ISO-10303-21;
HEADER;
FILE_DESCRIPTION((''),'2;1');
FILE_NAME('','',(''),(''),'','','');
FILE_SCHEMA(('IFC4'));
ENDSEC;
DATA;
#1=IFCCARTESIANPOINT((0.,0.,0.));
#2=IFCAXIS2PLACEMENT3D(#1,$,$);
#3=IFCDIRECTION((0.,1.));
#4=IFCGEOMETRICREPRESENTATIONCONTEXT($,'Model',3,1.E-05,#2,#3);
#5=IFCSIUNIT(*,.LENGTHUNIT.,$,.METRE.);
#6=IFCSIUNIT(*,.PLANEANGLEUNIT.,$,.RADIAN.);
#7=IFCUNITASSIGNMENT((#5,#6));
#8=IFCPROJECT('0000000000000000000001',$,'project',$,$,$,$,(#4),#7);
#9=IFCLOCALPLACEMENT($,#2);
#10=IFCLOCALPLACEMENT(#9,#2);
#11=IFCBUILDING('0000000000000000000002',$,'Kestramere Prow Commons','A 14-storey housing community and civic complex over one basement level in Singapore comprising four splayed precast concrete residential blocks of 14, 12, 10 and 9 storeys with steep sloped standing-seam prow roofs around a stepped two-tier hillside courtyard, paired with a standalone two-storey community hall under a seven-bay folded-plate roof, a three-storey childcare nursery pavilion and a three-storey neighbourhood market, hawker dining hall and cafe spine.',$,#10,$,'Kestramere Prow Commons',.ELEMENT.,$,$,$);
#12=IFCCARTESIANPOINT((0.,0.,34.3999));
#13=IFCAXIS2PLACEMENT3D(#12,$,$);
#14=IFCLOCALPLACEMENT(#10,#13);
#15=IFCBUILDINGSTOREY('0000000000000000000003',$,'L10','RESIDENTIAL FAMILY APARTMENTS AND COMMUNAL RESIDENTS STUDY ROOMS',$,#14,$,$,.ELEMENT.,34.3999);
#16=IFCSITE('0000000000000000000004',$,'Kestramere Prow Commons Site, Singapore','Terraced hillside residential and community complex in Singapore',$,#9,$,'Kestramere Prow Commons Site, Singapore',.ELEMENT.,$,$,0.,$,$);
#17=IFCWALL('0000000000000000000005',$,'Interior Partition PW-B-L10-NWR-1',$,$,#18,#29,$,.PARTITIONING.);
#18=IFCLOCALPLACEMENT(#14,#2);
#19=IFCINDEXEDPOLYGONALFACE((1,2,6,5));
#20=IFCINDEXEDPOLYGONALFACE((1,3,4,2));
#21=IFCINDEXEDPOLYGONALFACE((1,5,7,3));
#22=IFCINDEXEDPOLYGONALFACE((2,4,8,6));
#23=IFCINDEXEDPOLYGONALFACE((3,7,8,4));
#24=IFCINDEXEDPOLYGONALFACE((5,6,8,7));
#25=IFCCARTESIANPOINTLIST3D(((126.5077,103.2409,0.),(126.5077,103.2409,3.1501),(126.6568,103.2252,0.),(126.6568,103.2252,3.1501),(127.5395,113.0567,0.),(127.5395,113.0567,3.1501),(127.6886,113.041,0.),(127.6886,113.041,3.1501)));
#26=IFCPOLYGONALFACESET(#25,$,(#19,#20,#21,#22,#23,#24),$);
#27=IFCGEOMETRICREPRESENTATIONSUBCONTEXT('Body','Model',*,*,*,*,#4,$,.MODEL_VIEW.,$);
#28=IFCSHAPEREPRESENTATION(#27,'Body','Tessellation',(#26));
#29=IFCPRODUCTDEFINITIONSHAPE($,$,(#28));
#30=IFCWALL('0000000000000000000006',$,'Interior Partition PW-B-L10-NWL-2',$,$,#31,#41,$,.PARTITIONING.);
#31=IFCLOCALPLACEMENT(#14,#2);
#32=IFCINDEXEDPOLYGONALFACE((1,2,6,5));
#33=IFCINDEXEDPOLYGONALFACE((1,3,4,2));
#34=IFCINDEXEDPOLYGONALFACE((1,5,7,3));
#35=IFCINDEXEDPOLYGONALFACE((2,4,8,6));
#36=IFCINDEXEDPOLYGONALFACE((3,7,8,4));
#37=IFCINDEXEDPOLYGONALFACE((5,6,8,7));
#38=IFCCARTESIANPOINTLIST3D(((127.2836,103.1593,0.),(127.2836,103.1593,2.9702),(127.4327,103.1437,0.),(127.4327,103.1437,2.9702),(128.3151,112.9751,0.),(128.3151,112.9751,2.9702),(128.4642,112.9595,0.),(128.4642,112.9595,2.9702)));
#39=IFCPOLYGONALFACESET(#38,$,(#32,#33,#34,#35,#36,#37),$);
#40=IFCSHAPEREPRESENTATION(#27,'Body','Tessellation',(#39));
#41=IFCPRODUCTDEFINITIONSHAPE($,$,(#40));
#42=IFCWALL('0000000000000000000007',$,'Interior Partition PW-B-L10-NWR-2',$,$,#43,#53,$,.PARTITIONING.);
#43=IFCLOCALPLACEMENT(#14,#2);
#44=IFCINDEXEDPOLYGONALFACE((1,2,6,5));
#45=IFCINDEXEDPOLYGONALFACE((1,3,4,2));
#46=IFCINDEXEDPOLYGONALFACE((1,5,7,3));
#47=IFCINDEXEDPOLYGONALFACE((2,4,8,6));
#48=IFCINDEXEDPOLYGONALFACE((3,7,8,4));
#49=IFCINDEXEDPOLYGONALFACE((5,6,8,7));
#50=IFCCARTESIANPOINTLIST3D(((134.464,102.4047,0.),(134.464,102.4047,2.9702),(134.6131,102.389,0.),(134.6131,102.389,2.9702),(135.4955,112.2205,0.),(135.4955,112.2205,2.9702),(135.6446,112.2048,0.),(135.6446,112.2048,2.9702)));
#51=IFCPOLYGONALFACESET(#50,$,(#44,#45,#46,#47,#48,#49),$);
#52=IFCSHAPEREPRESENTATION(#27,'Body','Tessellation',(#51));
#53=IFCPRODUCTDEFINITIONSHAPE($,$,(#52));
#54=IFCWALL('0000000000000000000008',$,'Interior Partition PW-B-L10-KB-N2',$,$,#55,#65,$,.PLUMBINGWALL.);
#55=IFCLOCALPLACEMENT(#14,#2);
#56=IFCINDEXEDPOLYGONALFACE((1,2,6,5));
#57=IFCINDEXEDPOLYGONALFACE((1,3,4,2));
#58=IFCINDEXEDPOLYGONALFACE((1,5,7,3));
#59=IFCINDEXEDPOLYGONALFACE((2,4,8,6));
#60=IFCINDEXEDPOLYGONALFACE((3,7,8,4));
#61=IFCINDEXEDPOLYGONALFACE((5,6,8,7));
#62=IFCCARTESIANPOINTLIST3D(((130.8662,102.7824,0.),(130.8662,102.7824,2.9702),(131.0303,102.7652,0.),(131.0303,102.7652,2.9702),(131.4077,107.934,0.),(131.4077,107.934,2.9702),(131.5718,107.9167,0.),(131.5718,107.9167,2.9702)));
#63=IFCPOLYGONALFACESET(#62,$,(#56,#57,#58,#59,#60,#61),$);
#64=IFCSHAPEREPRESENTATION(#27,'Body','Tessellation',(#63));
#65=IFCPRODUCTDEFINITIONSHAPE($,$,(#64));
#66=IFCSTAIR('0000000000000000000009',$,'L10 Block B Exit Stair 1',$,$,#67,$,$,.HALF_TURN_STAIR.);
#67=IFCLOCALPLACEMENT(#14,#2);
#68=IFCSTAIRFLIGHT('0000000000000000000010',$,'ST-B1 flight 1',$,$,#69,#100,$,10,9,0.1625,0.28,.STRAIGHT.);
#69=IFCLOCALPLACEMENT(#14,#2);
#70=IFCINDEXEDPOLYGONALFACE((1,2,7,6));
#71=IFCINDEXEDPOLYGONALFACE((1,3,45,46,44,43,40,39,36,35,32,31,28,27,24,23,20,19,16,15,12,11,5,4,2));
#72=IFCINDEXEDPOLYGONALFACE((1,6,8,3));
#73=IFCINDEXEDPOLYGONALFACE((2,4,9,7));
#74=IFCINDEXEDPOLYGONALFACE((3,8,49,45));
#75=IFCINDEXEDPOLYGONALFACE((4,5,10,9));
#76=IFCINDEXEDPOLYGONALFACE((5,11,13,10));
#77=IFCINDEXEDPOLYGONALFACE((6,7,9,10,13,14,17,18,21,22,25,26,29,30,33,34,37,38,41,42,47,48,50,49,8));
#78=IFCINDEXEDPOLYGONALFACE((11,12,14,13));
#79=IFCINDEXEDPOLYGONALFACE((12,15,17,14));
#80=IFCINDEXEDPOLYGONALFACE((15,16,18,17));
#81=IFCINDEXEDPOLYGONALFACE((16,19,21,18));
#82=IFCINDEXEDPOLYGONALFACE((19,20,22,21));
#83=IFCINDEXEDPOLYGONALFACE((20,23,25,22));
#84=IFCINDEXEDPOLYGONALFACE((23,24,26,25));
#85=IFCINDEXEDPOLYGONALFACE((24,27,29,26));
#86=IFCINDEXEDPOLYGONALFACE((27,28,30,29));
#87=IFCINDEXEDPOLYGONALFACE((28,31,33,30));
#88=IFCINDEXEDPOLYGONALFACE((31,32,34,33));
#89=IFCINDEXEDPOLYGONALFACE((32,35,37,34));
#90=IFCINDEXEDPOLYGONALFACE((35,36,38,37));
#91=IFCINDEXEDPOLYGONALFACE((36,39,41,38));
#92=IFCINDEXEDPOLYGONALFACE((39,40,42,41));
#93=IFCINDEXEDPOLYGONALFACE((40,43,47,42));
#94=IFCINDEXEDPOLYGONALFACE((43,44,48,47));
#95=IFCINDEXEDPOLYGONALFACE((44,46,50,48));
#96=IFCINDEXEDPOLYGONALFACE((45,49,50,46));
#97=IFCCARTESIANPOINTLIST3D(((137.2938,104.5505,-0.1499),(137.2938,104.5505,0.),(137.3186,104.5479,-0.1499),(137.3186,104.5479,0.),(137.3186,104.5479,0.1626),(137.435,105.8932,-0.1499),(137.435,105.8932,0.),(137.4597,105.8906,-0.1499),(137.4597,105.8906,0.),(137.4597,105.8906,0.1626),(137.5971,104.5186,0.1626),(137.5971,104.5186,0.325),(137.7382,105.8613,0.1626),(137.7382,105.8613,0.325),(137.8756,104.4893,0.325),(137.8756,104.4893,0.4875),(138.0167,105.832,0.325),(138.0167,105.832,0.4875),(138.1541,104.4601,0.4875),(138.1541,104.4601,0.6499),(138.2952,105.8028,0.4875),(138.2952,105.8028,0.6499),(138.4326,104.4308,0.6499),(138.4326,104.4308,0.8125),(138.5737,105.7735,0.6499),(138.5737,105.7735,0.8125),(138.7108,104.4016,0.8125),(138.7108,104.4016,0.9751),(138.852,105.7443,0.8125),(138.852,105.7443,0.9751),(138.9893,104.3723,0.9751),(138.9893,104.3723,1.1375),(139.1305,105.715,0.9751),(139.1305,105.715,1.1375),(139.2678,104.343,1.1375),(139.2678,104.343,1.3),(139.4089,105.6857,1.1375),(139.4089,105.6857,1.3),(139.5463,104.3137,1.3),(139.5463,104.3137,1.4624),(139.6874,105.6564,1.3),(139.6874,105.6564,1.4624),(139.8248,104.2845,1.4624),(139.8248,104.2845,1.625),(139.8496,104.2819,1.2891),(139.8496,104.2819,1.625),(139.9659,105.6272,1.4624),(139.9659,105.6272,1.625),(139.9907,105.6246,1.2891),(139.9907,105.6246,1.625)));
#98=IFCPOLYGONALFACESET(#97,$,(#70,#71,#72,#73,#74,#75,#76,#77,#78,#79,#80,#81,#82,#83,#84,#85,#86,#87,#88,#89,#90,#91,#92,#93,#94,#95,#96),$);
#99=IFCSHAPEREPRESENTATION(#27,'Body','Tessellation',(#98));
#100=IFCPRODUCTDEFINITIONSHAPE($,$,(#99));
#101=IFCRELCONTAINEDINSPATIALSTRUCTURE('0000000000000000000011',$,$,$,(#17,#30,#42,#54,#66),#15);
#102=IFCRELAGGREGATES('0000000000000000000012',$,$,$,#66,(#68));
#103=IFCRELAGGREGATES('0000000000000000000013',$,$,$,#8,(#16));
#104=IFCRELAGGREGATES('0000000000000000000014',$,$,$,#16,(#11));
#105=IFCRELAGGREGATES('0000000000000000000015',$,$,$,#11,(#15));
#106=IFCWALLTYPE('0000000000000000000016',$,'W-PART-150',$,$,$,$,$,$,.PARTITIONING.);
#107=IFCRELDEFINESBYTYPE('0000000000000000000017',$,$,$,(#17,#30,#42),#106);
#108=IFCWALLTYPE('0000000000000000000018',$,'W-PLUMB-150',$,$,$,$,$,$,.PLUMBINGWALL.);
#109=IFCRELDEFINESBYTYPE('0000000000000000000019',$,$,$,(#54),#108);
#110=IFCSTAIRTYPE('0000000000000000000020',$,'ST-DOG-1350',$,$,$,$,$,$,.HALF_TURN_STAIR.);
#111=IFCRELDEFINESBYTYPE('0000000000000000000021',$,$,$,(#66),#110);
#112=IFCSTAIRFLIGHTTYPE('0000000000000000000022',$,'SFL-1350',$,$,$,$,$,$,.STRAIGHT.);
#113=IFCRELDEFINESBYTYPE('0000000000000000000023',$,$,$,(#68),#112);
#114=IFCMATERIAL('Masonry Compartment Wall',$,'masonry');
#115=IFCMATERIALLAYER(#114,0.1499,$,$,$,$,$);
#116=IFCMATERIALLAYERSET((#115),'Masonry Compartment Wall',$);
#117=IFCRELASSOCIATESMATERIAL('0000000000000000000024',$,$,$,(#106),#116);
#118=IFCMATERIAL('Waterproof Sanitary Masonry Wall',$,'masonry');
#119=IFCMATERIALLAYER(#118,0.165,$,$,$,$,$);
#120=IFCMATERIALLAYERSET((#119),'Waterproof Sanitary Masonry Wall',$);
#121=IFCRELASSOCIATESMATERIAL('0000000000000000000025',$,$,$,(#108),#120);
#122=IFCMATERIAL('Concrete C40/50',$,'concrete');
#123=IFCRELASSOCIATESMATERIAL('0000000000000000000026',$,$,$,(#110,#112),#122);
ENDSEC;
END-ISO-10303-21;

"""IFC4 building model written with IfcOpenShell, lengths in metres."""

from ifc_helpers import new_model, si_unit, direction, frame, frame_2d, origin, place, context, subcontext, project, spatial, polyline, rectangle, outline, extrude, material, layer, layer_set, type_object, element, aggregate, save


model = new_model("IFC4")

# Units and contexts
model_context = context("Model", 3, precision=1e-05, world=origin(), true_north=direction((0.0, 1.0)))
body_context = subcontext(model_context, "Body", "Model", "MODEL_VIEW")
ifc_project = project(units=[si_unit("LENGTHUNIT", "METRE"), si_unit("PLANEANGLEUNIT", "RADIAN")], contexts=[model_context])

# Site, building, storey
site_placement = place(None, origin())
site = spatial("IfcSite", under=ifc_project, at=site_placement, Name="Kestramere Prow Commons Site, Singapore", Description="Terraced hillside residential and community complex in Singapore", LongName="Kestramere Prow Commons Site, Singapore", CompositionType="ELEMENT", RefElevation=0.0)
building_placement = place(site_placement, origin())
building = spatial("IfcBuilding", under=site, at=building_placement, Name="Kestramere Prow Commons", Description="A 14-storey housing community and civic complex over one basement level in Singapore comprising four splayed precast concrete residential blocks of 14, 12, 10 and 9 storeys with steep sloped standing-seam prow roofs around a stepped two-tier hillside courtyard, paired with a standalone two-storey community hall under a seven-bay folded-plate roof, a three-storey childcare nursery pavilion and a three-storey neighbourhood market, hawker dining hall and cafe spine.", LongName="Kestramere Prow Commons", CompositionType="ELEMENT")
storey_placement = place(building_placement, frame((0.0, 0.0, 34.3999)))
storey = spatial("IfcBuildingStorey", under=building, at=storey_placement, Name="L10", Description="RESIDENTIAL FAMILY APARTMENTS AND COMMUNAL RESIDENTS STUDY ROOMS", CompositionType="ELEMENT", Elevation=34.3999)

# Shared definitions
ifc_material_1 = material(Name="Concrete C40/50", Category="concrete")

# Walls
ifc_material_2 = material(Name="Masonry Compartment Wall", Category="masonry")
ifc_layer_1 = layer(ifc_material_2, 0.1499)
ifc_layer_set_1 = layer_set([ifc_layer_1], Name="Masonry Compartment Wall")
wall_type_1 = type_object("IfcWallType", Name="W-PART-150", PredefinedType="PARTITIONING", material=ifc_layer_set_1)
wall_1_placement = place(storey_placement, frame((126.5823, 103.2329, 0.0), z_axis=(0.0, 0.0, 1.0), x_axis=(0.104533, 0.994521, 0.0)))
element("IfcWall", 1, at=wall_1_placement, inside=storey, type_object=wall_type_1, Name="Interior Partition PW-B-L10-NWR-1", PredefinedType="PARTITIONING", context=body_context, shape_type="SweptSolid", body=[
    extrude(rectangle(XDim=9.8699, YDim=0.1499, at=frame_2d((4.9351, 0.0))), origin(), (0.0, 0.0, 1.0), 3.1501),
])
for number, where, z_axis, x_axis, name in (
    (2, (127.3582, 103.1514, 0.0), (0.0, 0.0, 1.0), (0.104508, 0.994524, 0.0), "Interior Partition PW-B-L10-NWL-2"),
    (3, (134.5386, 102.3967, 0.0), (0.0, 0.0, 1.0), (0.104508, 0.994524, 0.0), "Interior Partition PW-B-L10-NWR-2"),
):
    element("IfcWall", number, at=place(storey_placement, frame(where, z_axis=z_axis, x_axis=x_axis)), inside=storey, type_object=wall_type_1, Name=name, PredefinedType="PARTITIONING", context=body_context, shape_type="SweptSolid", body=[
        extrude(rectangle(XDim=9.8699, YDim=0.1499, at=frame_2d((4.9351, 0.0))), origin(), (0.0, 0.0, 1.0), 2.9702),
    ])
ifc_material_3 = material(Name="Waterproof Sanitary Masonry Wall", Category="masonry")
ifc_layer_2 = layer(ifc_material_3, 0.165)
ifc_layer_set_2 = layer_set([ifc_layer_2], Name="Waterproof Sanitary Masonry Wall")
wall_type_2 = type_object("IfcWallType", Name="W-PLUMB-150", PredefinedType="PLUMBINGWALL", material=ifc_layer_set_2)
wall_2_placement = place(storey_placement, frame((130.9482, 102.7739, 0.0), z_axis=(0.0, 0.0, 1.0), x_axis=(0.104538, 0.994521, 0.0)))
element("IfcWall", 4, at=wall_2_placement, inside=storey, type_object=wall_type_2, Name="Interior Partition PW-B-L10-KB-N2", PredefinedType="PLUMBINGWALL", context=body_context, shape_type="SweptSolid", body=[
    extrude(rectangle(XDim=5.1799, YDim=0.165, at=frame_2d((2.5898, 0.0))), origin(), (0.0, 0.0, 1.0), 2.9702),
])

# Stair, stair flight
stair_type = type_object("IfcStairType", Name="ST-DOG-1350", PredefinedType="HALF_TURN_STAIR", material=ifc_material_1)
stair_placement = place(storey_placement, origin())
stair = element("IfcStair", 5, at=stair_placement, inside=storey, type_object=stair_type, Name="L10 Block B Exit Stair 1", PredefinedType="HALF_TURN_STAIR")
stair_flight_type = type_object("IfcStairFlightType", Name="SFL-1350", PredefinedType="STRAIGHT", material=ifc_material_1)
stair_flight_placement = place(storey_placement, frame((137.3892, 105.2192, 0.0), z_axis=(0.0, 0.0, 1.0), x_axis=(0.994522, -0.104528, 0.0)))
stair_flight = element("IfcStairFlight", 6, at=stair_flight_placement, type_object=stair_flight_type, Name="ST-B1 flight 1", NumberOfRisers=10, NumberOfTreads=9, PredefinedType="STRAIGHT", RiserHeight=0.1625, TreadLength=0.28, context=body_context, shape_type="SweptSolid", body=[
    extrude(outline(polyline([(-0.0249, 0.0), (0.0, 0.0), (0.0, 0.1626), (0.28, 0.1626), (0.28, 0.325), (0.5601, 0.325), (0.5601, 0.4875), (0.8401, 0.4875), (0.8401, 0.6499), (1.1201, 0.6499), (1.1201, 0.8125), (1.3999, 0.8125), (1.3999, 0.9751), (1.6799, 0.9751), (1.6799, 1.1375), (1.96, 1.1375), (1.96, 1.3), (2.24, 1.3), (2.24, 1.4624), (2.52, 1.4624), (2.52, 1.625), (2.5449, 1.625), (2.5449, 1.2891), (0.0, -0.1499), (-0.0249, -0.1499), (-0.0249, 0.0)])), frame((0.0, 0.675, 0.0), z_axis=(0.0, -1.0, 0.0), x_axis=(1.0, 0.0, 0.0)), (0.0, 0.0, 1.0), 1.3501),
])
aggregate(stair, [stair_flight])

save(model, "model.ifc")
